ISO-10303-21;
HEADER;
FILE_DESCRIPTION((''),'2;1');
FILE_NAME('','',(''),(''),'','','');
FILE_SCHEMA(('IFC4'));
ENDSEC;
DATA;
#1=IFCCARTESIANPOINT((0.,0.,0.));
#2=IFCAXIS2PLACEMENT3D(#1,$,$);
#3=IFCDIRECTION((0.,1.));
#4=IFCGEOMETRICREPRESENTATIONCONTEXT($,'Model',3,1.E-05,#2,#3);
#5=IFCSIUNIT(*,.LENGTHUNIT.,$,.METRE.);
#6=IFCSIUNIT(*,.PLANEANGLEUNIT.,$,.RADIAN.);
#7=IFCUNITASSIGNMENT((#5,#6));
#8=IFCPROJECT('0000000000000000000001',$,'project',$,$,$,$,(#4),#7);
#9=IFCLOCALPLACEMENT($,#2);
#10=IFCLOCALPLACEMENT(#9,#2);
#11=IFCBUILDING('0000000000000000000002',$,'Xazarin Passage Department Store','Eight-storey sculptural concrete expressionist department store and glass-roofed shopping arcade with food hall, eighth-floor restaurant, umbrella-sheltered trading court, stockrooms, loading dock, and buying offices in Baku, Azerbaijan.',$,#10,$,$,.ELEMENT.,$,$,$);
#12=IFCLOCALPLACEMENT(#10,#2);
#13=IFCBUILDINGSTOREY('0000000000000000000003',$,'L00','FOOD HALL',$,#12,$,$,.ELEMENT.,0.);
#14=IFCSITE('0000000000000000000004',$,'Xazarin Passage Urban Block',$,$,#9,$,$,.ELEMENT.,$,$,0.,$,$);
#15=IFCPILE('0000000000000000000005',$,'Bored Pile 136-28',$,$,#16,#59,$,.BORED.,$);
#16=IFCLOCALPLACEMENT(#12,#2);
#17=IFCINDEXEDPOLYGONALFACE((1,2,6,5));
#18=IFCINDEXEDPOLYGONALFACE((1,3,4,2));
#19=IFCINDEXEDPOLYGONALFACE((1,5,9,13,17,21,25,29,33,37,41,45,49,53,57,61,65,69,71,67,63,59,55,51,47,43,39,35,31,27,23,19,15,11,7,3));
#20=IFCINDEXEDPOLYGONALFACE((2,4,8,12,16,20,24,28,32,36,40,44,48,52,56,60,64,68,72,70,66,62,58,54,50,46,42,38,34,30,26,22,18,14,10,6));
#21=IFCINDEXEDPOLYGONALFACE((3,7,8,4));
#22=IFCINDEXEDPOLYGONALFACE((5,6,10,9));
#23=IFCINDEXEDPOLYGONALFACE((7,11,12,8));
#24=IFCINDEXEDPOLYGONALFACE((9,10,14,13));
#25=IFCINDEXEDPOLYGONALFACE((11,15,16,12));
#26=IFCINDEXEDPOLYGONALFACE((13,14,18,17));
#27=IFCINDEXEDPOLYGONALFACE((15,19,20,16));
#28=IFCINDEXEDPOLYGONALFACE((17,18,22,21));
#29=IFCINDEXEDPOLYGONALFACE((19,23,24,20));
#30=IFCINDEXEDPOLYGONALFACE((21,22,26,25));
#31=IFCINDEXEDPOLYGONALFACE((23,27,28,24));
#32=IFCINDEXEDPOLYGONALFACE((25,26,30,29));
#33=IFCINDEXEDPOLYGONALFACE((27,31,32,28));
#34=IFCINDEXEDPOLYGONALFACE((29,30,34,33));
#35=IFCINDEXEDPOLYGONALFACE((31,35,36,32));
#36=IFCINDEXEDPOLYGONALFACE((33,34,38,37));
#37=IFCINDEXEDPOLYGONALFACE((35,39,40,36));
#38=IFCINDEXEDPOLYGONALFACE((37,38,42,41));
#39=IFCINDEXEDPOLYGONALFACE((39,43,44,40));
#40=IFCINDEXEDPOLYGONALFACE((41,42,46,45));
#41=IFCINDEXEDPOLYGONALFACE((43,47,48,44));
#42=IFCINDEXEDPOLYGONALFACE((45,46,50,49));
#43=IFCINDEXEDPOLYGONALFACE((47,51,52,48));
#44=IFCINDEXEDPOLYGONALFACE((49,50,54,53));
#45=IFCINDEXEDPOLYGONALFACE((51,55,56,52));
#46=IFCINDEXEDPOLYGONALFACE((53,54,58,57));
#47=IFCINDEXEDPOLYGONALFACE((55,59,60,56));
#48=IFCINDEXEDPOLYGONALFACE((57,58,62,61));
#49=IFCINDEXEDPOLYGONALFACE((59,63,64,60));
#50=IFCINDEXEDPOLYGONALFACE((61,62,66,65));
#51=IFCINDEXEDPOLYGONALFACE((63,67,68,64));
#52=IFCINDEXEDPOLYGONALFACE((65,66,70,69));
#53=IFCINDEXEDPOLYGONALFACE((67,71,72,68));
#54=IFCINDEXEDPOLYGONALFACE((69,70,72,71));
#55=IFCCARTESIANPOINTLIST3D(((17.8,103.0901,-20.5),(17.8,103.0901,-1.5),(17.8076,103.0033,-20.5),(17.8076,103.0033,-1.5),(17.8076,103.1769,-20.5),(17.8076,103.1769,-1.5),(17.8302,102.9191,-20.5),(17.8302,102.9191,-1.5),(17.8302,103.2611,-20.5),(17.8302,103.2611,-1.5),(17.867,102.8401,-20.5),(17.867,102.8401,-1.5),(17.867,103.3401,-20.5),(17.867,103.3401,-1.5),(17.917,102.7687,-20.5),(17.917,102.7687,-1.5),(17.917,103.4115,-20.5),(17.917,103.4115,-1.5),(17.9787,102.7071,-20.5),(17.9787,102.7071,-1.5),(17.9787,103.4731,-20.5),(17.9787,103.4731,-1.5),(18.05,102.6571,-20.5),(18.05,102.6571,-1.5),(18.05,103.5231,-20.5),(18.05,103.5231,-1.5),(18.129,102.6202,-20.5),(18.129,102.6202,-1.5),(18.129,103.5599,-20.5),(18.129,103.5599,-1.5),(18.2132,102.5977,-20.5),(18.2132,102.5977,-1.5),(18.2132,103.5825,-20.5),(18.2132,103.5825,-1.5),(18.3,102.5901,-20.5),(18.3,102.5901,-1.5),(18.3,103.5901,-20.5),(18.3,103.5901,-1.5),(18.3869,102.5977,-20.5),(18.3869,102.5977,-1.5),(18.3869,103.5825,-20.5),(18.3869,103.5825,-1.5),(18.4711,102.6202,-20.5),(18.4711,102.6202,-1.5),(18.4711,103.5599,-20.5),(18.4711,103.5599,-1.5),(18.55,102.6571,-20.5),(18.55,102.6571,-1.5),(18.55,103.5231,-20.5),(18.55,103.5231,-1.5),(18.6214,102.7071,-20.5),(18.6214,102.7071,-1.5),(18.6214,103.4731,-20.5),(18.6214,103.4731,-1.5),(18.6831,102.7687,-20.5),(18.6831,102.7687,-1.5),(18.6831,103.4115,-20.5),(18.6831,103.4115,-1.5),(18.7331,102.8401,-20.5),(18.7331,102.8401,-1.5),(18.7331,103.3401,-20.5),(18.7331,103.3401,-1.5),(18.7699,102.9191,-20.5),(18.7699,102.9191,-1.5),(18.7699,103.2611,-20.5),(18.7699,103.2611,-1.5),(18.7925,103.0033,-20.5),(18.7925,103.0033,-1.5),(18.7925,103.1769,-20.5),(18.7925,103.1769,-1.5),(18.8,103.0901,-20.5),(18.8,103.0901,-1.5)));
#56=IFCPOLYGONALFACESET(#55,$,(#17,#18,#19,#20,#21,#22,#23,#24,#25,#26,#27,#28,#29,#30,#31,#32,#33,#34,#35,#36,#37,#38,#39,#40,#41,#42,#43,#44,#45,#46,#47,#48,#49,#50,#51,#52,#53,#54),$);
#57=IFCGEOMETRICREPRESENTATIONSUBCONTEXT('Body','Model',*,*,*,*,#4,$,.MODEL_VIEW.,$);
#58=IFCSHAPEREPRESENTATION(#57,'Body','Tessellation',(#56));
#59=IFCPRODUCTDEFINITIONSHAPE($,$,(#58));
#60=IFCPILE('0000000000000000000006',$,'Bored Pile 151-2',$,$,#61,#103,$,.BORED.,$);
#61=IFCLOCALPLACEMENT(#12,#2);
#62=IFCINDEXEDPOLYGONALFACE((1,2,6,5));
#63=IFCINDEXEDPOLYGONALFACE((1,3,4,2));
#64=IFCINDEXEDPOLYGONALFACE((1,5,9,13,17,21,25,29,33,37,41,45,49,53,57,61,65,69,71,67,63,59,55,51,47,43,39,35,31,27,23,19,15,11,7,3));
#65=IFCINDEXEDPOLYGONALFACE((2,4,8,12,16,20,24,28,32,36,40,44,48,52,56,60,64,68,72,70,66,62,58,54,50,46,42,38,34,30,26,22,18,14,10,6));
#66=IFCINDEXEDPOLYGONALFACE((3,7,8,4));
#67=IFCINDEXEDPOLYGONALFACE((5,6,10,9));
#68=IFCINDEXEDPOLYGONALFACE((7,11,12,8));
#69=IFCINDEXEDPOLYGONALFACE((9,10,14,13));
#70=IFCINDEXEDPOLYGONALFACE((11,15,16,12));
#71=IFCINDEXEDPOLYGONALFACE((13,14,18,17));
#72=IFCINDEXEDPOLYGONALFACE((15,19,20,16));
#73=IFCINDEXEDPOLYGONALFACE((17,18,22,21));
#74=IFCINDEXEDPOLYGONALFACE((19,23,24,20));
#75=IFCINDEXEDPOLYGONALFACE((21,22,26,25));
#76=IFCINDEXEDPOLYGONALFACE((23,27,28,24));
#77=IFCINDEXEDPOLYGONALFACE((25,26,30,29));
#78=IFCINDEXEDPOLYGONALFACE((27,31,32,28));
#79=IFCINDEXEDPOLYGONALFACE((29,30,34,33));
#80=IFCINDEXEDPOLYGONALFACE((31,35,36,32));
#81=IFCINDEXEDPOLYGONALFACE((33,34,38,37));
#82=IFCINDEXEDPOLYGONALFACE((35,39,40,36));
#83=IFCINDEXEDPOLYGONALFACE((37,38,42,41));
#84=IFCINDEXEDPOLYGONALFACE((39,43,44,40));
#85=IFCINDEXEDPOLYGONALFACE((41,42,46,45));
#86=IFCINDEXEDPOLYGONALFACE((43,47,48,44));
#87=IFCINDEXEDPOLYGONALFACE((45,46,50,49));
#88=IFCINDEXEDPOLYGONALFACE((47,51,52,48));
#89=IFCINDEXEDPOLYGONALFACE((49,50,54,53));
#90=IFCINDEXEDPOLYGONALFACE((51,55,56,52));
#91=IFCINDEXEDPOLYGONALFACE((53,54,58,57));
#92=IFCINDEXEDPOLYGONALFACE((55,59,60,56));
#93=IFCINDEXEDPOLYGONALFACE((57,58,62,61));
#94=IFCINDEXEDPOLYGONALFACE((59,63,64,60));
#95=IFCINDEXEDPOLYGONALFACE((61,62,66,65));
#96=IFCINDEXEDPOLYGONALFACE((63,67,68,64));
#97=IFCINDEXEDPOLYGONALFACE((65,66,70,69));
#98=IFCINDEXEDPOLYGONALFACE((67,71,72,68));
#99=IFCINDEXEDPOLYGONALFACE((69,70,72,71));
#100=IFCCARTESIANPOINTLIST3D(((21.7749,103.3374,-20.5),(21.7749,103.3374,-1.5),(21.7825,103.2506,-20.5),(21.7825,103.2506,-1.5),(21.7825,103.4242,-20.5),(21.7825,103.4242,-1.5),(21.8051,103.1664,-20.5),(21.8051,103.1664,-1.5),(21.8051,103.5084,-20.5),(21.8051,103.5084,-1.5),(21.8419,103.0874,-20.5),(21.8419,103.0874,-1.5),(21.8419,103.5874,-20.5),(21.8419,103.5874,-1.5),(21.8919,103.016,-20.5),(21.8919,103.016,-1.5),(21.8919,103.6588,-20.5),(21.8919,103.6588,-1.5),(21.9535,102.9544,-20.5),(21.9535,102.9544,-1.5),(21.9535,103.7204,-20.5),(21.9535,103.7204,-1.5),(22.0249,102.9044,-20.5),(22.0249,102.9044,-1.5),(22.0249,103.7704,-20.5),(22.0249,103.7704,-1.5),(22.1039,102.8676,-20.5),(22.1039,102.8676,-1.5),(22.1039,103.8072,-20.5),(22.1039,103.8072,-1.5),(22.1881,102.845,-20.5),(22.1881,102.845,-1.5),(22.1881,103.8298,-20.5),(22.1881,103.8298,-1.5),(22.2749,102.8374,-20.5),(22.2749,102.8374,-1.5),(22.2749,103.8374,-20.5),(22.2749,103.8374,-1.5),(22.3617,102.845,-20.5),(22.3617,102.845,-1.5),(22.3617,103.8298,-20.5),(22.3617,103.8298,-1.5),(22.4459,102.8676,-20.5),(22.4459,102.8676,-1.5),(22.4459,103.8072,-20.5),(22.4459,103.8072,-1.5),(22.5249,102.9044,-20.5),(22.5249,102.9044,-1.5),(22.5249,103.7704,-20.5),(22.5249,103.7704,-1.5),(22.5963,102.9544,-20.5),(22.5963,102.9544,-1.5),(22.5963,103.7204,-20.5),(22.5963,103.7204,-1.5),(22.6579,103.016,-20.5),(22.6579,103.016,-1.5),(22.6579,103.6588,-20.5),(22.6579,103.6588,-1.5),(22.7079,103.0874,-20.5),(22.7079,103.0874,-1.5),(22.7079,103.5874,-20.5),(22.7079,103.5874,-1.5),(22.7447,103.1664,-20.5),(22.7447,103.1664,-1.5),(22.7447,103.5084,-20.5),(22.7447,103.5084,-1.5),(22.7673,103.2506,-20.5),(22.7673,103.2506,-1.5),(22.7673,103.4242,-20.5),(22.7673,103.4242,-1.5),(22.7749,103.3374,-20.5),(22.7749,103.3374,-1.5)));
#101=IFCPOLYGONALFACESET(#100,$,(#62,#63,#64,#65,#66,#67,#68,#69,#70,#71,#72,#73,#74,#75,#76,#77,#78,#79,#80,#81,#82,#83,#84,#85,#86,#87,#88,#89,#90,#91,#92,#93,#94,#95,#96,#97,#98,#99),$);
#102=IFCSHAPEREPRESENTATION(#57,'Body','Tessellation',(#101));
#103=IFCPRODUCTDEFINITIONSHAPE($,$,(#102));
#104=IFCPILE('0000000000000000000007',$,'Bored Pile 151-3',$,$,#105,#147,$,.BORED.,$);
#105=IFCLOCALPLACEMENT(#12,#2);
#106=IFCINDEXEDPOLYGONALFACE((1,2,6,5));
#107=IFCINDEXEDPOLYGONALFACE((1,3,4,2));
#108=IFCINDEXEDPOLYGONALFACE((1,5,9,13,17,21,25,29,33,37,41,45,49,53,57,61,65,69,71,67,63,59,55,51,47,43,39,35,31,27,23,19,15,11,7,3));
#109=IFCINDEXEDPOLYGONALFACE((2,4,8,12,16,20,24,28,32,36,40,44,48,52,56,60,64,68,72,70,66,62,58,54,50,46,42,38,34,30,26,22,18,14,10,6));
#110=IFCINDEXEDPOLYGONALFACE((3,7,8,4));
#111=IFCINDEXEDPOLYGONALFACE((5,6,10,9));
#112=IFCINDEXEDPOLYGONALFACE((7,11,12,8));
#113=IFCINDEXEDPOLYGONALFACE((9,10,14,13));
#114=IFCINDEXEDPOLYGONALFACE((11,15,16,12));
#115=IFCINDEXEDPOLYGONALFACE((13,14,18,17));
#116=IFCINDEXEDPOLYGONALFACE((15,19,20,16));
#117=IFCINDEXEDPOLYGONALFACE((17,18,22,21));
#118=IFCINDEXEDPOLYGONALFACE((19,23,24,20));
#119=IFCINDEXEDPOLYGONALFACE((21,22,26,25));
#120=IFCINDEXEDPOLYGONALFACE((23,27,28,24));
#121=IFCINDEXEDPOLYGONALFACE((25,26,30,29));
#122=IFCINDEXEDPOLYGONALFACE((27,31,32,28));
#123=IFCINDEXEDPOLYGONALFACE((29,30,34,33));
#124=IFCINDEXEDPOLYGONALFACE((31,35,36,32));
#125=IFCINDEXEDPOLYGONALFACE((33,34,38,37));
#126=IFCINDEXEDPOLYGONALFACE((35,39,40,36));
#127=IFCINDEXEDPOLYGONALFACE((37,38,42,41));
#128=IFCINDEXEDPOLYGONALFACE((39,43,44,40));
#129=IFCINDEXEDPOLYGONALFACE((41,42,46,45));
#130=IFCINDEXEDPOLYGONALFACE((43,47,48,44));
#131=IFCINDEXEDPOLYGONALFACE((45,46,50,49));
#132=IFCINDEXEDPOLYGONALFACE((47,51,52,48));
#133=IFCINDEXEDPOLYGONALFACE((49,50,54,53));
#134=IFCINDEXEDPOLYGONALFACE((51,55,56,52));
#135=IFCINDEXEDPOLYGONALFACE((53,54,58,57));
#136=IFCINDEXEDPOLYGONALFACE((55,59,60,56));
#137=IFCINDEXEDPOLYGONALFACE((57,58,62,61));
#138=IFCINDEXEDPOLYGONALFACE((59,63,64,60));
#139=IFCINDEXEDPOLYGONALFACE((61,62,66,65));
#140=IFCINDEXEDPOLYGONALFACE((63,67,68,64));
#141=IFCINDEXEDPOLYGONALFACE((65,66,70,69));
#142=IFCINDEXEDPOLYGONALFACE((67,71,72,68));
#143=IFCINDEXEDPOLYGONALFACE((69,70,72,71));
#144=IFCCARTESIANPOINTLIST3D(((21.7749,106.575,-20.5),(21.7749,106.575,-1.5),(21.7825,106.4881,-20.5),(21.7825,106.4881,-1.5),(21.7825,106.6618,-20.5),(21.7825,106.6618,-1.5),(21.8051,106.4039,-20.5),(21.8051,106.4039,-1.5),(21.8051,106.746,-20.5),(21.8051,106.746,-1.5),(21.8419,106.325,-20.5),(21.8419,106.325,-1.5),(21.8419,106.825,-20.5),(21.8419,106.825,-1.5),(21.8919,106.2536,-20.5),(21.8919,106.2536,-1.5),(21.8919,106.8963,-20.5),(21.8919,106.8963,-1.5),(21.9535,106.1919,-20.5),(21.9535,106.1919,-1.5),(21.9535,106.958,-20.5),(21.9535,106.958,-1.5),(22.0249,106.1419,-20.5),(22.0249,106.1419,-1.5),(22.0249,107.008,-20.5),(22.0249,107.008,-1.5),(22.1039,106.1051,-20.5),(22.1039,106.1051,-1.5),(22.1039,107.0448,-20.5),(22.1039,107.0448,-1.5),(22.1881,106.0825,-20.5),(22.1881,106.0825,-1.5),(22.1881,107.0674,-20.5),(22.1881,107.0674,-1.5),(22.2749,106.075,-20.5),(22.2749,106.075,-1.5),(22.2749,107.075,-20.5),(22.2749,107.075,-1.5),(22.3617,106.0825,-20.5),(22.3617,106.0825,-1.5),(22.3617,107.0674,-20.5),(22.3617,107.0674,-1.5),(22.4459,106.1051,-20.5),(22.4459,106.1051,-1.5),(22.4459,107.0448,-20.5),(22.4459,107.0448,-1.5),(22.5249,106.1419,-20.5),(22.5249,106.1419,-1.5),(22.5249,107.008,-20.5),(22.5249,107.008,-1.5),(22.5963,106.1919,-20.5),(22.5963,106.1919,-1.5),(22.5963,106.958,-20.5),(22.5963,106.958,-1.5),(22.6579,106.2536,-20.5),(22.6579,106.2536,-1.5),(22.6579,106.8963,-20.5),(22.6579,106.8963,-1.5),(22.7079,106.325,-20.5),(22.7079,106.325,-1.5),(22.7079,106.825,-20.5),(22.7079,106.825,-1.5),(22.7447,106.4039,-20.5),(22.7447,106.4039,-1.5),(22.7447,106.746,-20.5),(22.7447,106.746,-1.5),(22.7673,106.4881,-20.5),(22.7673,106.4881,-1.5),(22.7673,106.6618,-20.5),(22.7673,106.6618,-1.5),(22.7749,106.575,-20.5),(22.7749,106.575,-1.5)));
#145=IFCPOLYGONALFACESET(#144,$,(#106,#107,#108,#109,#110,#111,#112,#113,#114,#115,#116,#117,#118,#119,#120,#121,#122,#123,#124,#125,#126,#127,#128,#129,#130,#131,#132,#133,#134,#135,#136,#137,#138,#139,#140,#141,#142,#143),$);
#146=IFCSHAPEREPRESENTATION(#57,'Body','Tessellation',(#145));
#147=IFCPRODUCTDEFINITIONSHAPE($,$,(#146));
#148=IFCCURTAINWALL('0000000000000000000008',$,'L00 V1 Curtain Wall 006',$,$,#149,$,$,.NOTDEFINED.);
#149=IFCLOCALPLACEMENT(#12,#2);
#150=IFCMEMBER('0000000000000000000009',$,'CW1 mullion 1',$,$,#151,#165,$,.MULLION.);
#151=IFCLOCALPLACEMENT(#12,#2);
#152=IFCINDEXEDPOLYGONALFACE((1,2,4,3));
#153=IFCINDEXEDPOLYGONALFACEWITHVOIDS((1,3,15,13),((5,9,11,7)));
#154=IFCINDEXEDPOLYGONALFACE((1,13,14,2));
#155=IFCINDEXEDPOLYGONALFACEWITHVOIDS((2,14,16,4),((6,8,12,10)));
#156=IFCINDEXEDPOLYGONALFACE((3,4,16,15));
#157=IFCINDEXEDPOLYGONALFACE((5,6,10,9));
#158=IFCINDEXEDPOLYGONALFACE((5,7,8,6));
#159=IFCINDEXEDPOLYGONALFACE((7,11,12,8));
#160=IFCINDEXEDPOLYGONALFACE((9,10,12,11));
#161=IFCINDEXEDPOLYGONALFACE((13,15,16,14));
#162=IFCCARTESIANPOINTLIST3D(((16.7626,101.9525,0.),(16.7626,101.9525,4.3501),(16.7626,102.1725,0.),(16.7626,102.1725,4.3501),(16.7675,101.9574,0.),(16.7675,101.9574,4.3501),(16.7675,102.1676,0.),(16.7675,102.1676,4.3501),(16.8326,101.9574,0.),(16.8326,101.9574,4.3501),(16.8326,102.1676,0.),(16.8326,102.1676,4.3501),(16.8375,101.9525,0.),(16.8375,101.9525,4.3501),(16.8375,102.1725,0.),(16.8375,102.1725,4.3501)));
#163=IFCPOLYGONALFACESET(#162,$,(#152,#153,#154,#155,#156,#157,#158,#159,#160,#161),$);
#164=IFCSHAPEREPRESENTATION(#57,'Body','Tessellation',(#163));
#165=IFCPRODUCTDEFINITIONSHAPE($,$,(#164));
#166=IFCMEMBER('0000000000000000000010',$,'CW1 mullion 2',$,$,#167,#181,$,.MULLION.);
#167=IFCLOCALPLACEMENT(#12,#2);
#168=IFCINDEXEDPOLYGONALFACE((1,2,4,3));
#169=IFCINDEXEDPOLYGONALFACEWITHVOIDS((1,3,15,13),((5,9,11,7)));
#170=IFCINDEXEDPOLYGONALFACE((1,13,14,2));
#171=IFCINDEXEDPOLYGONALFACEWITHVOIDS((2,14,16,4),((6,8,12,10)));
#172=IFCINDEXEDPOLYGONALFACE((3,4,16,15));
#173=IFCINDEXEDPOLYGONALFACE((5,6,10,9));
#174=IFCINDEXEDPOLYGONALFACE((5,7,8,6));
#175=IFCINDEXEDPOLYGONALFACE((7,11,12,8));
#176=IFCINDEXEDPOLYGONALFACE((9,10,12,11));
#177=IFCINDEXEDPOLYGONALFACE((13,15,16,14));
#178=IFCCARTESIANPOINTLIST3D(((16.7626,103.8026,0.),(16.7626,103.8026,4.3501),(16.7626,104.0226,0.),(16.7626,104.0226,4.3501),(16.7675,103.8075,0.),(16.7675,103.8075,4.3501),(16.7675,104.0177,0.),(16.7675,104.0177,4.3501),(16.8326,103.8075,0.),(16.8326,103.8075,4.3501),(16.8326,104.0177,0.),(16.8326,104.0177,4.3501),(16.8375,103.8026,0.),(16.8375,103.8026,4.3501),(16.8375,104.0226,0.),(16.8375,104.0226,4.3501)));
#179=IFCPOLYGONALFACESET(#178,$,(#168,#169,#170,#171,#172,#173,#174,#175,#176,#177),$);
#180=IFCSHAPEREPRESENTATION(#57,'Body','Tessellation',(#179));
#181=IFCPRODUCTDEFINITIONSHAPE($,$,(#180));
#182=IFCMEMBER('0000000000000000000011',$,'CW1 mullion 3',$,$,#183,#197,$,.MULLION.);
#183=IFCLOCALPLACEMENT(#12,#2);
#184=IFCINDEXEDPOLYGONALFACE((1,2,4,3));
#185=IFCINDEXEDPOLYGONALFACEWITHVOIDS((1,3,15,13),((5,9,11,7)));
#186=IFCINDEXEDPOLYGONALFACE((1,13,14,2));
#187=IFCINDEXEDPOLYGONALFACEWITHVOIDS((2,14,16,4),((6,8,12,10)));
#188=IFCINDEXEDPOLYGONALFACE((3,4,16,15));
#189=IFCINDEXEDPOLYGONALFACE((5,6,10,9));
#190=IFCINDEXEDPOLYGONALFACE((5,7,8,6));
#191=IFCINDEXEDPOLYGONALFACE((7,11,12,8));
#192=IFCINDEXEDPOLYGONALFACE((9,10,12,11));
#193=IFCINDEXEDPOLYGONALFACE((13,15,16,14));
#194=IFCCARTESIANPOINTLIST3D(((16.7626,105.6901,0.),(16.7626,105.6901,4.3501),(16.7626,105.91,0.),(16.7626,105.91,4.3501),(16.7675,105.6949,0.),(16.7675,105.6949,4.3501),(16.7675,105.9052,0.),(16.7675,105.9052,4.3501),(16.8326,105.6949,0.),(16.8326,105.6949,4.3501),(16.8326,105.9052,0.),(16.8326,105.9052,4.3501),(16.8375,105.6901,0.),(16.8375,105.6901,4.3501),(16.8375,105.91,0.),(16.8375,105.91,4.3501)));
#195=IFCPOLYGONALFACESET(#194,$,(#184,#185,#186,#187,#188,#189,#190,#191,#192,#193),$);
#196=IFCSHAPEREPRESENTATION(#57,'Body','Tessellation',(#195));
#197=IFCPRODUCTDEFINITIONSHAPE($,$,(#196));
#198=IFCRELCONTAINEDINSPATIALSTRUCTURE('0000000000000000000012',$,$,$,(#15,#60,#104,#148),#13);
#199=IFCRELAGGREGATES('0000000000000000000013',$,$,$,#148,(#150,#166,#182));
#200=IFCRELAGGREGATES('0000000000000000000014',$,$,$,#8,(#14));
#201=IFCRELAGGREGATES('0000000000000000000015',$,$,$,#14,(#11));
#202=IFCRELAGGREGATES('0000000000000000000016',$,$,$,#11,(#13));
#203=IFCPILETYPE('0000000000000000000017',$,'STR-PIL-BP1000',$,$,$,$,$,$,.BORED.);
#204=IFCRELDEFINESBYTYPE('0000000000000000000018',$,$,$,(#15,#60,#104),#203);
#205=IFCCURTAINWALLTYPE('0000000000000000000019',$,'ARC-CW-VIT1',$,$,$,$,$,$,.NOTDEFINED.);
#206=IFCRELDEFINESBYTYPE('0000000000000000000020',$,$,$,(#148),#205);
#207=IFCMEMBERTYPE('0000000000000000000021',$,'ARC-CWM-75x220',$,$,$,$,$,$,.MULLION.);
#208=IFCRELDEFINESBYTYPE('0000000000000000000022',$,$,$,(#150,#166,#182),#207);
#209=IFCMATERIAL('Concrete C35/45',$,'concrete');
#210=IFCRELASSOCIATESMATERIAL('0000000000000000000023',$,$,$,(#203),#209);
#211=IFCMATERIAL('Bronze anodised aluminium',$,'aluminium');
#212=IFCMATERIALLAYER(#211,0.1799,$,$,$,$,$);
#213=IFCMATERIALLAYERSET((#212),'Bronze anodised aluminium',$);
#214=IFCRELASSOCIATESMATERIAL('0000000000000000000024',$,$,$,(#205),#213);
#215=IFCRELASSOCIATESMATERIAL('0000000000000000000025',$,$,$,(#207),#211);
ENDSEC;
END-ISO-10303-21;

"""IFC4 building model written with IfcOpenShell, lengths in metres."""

from ifc_helpers import new_model, si_unit, direction, frame, origin, origin_2d, place, context, subcontext, project, spatial, hollow_rectangle, circle, extrude, material, layer, layer_set, material_profile, profile_set, type_object, element, aggregate, save


model = new_model("IFC4")

# Units and contexts
model_context = context("Model", 3, precision=1e-05, world=origin(), true_north=direction((0.0, 1.0)))
body_context = subcontext(model_context, "Body", "Model", "MODEL_VIEW")
ifc_project = project(units=[si_unit("LENGTHUNIT", "METRE"), si_unit("PLANEANGLEUNIT", "RADIAN")], contexts=[model_context])

# Site, building, storey
site_placement = place(None, origin())
site = spatial("IfcSite", under=ifc_project, at=site_placement, Name="Xazarin Passage Urban Block", CompositionType="ELEMENT", RefElevation=0.0)
building_placement = place(site_placement, origin())
building = spatial("IfcBuilding", under=site, at=building_placement, Name="Xazarin Passage Department Store", Description="Eight-storey sculptural concrete expressionist department store and glass-roofed shopping arcade with food hall, eighth-floor restaurant, umbrella-sheltered trading court, stockrooms, loading dock, and buying offices in Baku, Azerbaijan.", CompositionType="ELEMENT")
storey_placement = place(building_placement, origin())
storey = spatial("IfcBuildingStorey", under=building, at=storey_placement, Name="L00", Description="FOOD HALL", CompositionType="ELEMENT", Elevation=0.0)

# Piles
ifc_material_1 = material(Name="Concrete C35/45", Category="concrete")
ifc_material_profile_1 = material_profile(ifc_material_1, circle(Radius=0.5, at=origin_2d()), Name="BP 1000")
ifc_profile_set_1 = profile_set([ifc_material_profile_1], Name="Concrete C35/45")
pile_type = type_object("IfcPileType", Name="STR-PIL-BP1000", PredefinedType="BORED", material=ifc_profile_set_1)
for number, where, z_axis, x_axis, name in (
    (1, (18.3, 103.0901, -1.5), (0.0, 0.0, -1.0), (1.0, 0.0, 0.0), "Bored Pile 136-28"),
    (2, (22.2749, 103.3374, -1.5), (0.0, 0.0, -1.0), (1.0, 0.0, 0.0), "Bored Pile 151-2"),
    (3, (22.2749, 106.575, -1.5), (0.0, 0.0, -1.0), (1.0, 0.0, 0.0), "Bored Pile 151-3"),
):
    element("IfcPile", number, at=place(storey_placement, frame(where, z_axis=z_axis, x_axis=x_axis)), inside=storey, type_object=pile_type, Name=name, PredefinedType="BORED", context=body_context, shape_type="SweptSolid", body=[
        extrude(circle(Radius=0.5, at=origin_2d()), origin(), (0.0, 0.0, 1.0), 19.0),
    ])

# Curtain wall, members
ifc_material_2 = material(Name="Bronze anodised aluminium", Category="aluminium")
ifc_layer_1 = layer(ifc_material_2, 0.1799)
ifc_layer_set_1 = layer_set([ifc_layer_1], Name="Bronze anodised aluminium")
curtain_wall_type = type_object("IfcCurtainWallType", Name="ARC-CW-VIT1", PredefinedType="NOTDEFINED", material=ifc_layer_set_1)
curtain_wall_placement = place(storey_placement, origin())
curtain_wall = element("IfcCurtainWall", 4, at=curtain_wall_placement, inside=storey, type_object=curtain_wall_type, Name="L00 V1 Curtain Wall 006", PredefinedType="NOTDEFINED")
ifc_material_profile_2 = material_profile(ifc_material_2, hollow_rectangle(XDim=0.075, YDim=0.22, WallThickness=0.0049, at=origin_2d()), Name="ALU 75x220")
ifc_profile_set_2 = profile_set([ifc_material_profile_2], Name="Bronze anodised aluminium")
member_type_1 = type_object("IfcMemberType", Name="ARC-CWM-75x220", PredefinedType="MULLION", material=ifc_profile_set_2)
member_1_placement = place(storey_placement, frame((16.8, 102.0625, 0.0), z_axis=(0.0, 0.0, 1.0), x_axis=(-1.0, 0.0, 0.0)))
member_1 = element("IfcMember", 5, at=member_1_placement, type_object=member_type_1, Name="CW1 mullion 1", PredefinedType="MULLION", context=body_context, shape_type="SweptSolid", body=[
    extrude(hollow_rectangle(XDim=0.075, YDim=0.22, WallThickness=0.0049, at=origin_2d()), origin(), (0.0, 0.0, 1.0), 4.3501),
])
member_2_placement = place(storey_placement, frame((16.8, 103.9126, 0.0), z_axis=(0.0, 0.0, 1.0), x_axis=(-1.0, 0.0, 0.0)))
member_2 = element("IfcMember", 6, at=member_2_placement, type_object=member_type_1, Name="CW1 mullion 2", PredefinedType="MULLION", context=body_context, shape_type="SweptSolid", body=[
    extrude(hollow_rectangle(XDim=0.075, YDim=0.22, WallThickness=0.0049, at=origin_2d()), origin(), (0.0, 0.0, 1.0), 4.3501),
])
member_3_placement = place(storey_placement, frame((16.8, 105.8, 0.0), z_axis=(0.0, 0.0, 1.0), x_axis=(-1.0, 0.0, 0.0)))
member_3 = element("IfcMember", 7, at=member_3_placement, type_object=member_type_1, Name="CW1 mullion 3", PredefinedType="MULLION", context=body_context, shape_type="SweptSolid", body=[
    extrude(hollow_rectangle(XDim=0.075, YDim=0.22, WallThickness=0.0049, at=origin_2d()), origin(), (0.0, 0.0, 1.0), 4.3501),
])
aggregate(curtain_wall, [member_1, member_2, member_3])

save(model, "model.ifc")
